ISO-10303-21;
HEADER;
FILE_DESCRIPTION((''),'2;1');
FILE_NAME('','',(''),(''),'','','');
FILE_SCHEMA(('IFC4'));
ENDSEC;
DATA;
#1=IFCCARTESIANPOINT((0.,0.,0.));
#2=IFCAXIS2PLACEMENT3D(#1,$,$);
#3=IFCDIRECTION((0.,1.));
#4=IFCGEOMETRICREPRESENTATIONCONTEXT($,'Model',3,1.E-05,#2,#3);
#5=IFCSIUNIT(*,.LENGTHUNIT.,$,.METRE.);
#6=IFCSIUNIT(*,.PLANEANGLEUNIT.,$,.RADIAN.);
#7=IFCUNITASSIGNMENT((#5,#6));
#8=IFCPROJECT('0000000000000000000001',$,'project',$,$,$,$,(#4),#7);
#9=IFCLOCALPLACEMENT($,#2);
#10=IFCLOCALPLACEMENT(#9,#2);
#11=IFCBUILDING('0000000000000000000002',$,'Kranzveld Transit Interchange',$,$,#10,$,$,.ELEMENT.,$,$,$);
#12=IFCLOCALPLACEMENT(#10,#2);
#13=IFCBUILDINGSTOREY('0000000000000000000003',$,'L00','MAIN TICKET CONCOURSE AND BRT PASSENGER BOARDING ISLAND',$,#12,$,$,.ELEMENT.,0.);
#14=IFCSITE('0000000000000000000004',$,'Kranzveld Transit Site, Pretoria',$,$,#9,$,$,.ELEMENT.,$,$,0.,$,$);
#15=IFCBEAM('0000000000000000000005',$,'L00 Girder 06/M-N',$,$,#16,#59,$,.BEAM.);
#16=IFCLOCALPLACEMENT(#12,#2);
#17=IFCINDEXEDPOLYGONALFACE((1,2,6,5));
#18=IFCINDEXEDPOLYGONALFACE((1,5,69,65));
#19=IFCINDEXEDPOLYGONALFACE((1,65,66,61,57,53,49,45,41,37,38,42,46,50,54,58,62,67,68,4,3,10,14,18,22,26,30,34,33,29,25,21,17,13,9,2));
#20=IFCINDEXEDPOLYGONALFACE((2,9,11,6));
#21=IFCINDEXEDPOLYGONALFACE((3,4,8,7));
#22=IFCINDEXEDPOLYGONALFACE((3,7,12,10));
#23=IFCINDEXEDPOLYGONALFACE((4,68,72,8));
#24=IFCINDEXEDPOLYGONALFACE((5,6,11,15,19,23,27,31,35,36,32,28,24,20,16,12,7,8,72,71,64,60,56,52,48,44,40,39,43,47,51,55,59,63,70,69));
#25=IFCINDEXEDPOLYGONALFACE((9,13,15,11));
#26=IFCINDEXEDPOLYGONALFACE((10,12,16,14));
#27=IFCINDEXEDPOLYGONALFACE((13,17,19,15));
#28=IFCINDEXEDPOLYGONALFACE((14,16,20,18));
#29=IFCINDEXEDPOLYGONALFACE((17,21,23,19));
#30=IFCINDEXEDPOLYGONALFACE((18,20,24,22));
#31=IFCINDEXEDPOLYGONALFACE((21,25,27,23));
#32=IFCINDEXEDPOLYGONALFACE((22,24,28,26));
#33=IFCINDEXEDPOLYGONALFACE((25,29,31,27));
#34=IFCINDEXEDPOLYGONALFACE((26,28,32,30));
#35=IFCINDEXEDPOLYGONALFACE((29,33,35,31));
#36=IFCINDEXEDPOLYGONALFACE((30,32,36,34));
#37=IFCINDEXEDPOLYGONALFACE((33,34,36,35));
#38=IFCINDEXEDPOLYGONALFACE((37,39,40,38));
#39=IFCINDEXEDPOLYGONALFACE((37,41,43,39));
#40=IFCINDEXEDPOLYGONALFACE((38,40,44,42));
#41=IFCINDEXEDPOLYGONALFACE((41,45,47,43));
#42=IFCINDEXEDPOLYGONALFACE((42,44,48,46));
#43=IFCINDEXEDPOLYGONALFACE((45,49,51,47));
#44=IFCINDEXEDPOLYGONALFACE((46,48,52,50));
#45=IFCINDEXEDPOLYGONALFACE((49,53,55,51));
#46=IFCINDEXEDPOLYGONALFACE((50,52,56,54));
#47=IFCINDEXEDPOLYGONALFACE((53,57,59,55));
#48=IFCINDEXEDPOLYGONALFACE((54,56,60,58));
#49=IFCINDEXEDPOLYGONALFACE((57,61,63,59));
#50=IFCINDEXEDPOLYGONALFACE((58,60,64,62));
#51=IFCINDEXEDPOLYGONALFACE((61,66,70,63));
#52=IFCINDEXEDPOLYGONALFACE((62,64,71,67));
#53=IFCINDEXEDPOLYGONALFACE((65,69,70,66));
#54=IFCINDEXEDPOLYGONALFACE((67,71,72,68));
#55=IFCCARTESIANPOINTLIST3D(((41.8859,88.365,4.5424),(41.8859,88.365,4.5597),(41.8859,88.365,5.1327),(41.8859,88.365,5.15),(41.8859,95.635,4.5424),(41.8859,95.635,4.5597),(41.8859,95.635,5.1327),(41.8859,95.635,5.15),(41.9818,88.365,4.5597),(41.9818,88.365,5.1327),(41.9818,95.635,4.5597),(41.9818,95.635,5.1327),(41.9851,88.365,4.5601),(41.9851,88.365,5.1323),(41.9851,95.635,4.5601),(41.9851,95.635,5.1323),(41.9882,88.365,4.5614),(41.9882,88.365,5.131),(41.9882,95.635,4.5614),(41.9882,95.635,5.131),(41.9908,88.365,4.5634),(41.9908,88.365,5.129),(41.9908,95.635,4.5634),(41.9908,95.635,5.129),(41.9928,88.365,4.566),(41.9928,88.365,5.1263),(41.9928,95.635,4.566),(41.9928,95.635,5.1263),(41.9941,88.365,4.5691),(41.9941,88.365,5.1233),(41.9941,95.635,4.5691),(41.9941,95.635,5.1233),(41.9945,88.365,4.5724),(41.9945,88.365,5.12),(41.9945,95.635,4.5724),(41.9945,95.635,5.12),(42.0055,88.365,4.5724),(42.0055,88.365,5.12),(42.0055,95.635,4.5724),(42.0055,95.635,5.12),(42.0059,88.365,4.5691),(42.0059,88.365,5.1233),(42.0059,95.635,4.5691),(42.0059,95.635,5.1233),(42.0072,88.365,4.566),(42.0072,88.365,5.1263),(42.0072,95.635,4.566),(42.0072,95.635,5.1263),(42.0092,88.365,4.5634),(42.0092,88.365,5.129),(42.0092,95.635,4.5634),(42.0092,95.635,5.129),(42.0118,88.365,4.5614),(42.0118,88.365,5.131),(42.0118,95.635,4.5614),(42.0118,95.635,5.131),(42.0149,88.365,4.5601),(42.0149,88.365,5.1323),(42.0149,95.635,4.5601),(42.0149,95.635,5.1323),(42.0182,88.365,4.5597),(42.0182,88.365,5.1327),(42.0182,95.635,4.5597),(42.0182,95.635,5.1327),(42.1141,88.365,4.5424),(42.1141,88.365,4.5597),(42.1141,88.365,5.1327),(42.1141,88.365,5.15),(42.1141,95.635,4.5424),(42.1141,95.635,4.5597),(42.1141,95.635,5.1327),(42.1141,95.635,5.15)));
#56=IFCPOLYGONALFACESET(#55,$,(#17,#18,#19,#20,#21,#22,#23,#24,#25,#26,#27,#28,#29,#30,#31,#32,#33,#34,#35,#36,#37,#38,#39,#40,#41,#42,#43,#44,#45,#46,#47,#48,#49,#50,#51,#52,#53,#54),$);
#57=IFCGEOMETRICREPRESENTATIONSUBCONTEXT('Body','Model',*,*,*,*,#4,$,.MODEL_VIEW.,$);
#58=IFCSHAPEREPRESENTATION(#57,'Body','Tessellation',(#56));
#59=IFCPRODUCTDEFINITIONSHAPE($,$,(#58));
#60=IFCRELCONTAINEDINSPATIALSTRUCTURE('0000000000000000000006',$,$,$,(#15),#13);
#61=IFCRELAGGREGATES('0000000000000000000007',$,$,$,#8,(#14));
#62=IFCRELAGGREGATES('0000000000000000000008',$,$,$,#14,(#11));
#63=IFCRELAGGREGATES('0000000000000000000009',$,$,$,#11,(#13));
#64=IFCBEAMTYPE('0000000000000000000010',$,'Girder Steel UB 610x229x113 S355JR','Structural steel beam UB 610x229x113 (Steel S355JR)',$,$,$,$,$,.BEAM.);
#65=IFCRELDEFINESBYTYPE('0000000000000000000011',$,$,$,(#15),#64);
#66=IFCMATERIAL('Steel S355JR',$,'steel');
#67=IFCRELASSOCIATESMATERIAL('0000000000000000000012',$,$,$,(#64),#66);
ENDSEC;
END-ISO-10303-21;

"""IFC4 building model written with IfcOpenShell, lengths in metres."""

from ifc_helpers import new_model, si_unit, direction, frame, origin, origin_2d, place, context, subcontext, project, spatial, i_section, extrude, material, material_profile, profile_set, type_object, element, save


model = new_model("IFC4")

# Units and contexts
model_context = context("Model", 3, precision=1e-05, world=origin(), true_north=direction((0.0, 1.0)))
body_context = subcontext(model_context, "Body", "Model", "MODEL_VIEW")
ifc_project = project(units=[si_unit("LENGTHUNIT", "METRE"), si_unit("PLANEANGLEUNIT", "RADIAN")], contexts=[model_context])

# Site, building, storey
site_placement = place(None, origin())
site = spatial("IfcSite", under=ifc_project, at=site_placement, Name="Kranzveld Transit Site, Pretoria", CompositionType="ELEMENT", RefElevation=0.0)
building_placement = place(site_placement, origin())
building = spatial("IfcBuilding", under=site, at=building_placement, Name="Kranzveld Transit Interchange", CompositionType="ELEMENT")
storey_placement = place(building_placement, origin())
storey = spatial("IfcBuildingStorey", under=building, at=storey_placement, Name="L00", Description="MAIN TICKET CONCOURSE AND BRT PASSENGER BOARDING ISLAND", CompositionType="ELEMENT", Elevation=0.0)

# Beam
ifc_material_1 = material(Name="Steel S355JR", Category="steel")
ifc_material_profile_1 = material_profile(ifc_material_1, i_section(OverallWidth=0.2283, OverallDepth=0.6077, WebThickness=0.011, FlangeThickness=0.0173, FilletRadius=0.0127, at=origin_2d()), Name="UB 610x229x113")
ifc_profile_set_1 = profile_set([ifc_material_profile_1], Name="Steel S355JR")
beam_type_1 = type_object("IfcBeamType", Name="Girder Steel UB 610x229x113 S355JR", Description="Structural steel beam UB 610x229x113 (Steel S355JR)", PredefinedType="BEAM", material=ifc_profile_set_1)
for number, where, z_axis, x_axis, name in (
    (1, (42.0, 88.365, 4.8462), (0.0, 1.0, 0.0), (-1.0, 0.0, 0.0), "L00 Girder 06/M-N"),
):
    element("IfcBeam", number, at=place(storey_placement, frame(where, z_axis=z_axis, x_axis=x_axis)), inside=storey, type_object=beam_type_1, Name=name, PredefinedType="BEAM", context=body_context, shape_type="SweptSolid", body=[
        extrude(i_section(OverallWidth=0.2283, OverallDepth=0.6077, WebThickness=0.011, FlangeThickness=0.0173, FilletRadius=0.0127, at=origin_2d()), origin(), (0.0, 0.0, 1.0), 7.27),
    ])

save(model, "model.ifc")
